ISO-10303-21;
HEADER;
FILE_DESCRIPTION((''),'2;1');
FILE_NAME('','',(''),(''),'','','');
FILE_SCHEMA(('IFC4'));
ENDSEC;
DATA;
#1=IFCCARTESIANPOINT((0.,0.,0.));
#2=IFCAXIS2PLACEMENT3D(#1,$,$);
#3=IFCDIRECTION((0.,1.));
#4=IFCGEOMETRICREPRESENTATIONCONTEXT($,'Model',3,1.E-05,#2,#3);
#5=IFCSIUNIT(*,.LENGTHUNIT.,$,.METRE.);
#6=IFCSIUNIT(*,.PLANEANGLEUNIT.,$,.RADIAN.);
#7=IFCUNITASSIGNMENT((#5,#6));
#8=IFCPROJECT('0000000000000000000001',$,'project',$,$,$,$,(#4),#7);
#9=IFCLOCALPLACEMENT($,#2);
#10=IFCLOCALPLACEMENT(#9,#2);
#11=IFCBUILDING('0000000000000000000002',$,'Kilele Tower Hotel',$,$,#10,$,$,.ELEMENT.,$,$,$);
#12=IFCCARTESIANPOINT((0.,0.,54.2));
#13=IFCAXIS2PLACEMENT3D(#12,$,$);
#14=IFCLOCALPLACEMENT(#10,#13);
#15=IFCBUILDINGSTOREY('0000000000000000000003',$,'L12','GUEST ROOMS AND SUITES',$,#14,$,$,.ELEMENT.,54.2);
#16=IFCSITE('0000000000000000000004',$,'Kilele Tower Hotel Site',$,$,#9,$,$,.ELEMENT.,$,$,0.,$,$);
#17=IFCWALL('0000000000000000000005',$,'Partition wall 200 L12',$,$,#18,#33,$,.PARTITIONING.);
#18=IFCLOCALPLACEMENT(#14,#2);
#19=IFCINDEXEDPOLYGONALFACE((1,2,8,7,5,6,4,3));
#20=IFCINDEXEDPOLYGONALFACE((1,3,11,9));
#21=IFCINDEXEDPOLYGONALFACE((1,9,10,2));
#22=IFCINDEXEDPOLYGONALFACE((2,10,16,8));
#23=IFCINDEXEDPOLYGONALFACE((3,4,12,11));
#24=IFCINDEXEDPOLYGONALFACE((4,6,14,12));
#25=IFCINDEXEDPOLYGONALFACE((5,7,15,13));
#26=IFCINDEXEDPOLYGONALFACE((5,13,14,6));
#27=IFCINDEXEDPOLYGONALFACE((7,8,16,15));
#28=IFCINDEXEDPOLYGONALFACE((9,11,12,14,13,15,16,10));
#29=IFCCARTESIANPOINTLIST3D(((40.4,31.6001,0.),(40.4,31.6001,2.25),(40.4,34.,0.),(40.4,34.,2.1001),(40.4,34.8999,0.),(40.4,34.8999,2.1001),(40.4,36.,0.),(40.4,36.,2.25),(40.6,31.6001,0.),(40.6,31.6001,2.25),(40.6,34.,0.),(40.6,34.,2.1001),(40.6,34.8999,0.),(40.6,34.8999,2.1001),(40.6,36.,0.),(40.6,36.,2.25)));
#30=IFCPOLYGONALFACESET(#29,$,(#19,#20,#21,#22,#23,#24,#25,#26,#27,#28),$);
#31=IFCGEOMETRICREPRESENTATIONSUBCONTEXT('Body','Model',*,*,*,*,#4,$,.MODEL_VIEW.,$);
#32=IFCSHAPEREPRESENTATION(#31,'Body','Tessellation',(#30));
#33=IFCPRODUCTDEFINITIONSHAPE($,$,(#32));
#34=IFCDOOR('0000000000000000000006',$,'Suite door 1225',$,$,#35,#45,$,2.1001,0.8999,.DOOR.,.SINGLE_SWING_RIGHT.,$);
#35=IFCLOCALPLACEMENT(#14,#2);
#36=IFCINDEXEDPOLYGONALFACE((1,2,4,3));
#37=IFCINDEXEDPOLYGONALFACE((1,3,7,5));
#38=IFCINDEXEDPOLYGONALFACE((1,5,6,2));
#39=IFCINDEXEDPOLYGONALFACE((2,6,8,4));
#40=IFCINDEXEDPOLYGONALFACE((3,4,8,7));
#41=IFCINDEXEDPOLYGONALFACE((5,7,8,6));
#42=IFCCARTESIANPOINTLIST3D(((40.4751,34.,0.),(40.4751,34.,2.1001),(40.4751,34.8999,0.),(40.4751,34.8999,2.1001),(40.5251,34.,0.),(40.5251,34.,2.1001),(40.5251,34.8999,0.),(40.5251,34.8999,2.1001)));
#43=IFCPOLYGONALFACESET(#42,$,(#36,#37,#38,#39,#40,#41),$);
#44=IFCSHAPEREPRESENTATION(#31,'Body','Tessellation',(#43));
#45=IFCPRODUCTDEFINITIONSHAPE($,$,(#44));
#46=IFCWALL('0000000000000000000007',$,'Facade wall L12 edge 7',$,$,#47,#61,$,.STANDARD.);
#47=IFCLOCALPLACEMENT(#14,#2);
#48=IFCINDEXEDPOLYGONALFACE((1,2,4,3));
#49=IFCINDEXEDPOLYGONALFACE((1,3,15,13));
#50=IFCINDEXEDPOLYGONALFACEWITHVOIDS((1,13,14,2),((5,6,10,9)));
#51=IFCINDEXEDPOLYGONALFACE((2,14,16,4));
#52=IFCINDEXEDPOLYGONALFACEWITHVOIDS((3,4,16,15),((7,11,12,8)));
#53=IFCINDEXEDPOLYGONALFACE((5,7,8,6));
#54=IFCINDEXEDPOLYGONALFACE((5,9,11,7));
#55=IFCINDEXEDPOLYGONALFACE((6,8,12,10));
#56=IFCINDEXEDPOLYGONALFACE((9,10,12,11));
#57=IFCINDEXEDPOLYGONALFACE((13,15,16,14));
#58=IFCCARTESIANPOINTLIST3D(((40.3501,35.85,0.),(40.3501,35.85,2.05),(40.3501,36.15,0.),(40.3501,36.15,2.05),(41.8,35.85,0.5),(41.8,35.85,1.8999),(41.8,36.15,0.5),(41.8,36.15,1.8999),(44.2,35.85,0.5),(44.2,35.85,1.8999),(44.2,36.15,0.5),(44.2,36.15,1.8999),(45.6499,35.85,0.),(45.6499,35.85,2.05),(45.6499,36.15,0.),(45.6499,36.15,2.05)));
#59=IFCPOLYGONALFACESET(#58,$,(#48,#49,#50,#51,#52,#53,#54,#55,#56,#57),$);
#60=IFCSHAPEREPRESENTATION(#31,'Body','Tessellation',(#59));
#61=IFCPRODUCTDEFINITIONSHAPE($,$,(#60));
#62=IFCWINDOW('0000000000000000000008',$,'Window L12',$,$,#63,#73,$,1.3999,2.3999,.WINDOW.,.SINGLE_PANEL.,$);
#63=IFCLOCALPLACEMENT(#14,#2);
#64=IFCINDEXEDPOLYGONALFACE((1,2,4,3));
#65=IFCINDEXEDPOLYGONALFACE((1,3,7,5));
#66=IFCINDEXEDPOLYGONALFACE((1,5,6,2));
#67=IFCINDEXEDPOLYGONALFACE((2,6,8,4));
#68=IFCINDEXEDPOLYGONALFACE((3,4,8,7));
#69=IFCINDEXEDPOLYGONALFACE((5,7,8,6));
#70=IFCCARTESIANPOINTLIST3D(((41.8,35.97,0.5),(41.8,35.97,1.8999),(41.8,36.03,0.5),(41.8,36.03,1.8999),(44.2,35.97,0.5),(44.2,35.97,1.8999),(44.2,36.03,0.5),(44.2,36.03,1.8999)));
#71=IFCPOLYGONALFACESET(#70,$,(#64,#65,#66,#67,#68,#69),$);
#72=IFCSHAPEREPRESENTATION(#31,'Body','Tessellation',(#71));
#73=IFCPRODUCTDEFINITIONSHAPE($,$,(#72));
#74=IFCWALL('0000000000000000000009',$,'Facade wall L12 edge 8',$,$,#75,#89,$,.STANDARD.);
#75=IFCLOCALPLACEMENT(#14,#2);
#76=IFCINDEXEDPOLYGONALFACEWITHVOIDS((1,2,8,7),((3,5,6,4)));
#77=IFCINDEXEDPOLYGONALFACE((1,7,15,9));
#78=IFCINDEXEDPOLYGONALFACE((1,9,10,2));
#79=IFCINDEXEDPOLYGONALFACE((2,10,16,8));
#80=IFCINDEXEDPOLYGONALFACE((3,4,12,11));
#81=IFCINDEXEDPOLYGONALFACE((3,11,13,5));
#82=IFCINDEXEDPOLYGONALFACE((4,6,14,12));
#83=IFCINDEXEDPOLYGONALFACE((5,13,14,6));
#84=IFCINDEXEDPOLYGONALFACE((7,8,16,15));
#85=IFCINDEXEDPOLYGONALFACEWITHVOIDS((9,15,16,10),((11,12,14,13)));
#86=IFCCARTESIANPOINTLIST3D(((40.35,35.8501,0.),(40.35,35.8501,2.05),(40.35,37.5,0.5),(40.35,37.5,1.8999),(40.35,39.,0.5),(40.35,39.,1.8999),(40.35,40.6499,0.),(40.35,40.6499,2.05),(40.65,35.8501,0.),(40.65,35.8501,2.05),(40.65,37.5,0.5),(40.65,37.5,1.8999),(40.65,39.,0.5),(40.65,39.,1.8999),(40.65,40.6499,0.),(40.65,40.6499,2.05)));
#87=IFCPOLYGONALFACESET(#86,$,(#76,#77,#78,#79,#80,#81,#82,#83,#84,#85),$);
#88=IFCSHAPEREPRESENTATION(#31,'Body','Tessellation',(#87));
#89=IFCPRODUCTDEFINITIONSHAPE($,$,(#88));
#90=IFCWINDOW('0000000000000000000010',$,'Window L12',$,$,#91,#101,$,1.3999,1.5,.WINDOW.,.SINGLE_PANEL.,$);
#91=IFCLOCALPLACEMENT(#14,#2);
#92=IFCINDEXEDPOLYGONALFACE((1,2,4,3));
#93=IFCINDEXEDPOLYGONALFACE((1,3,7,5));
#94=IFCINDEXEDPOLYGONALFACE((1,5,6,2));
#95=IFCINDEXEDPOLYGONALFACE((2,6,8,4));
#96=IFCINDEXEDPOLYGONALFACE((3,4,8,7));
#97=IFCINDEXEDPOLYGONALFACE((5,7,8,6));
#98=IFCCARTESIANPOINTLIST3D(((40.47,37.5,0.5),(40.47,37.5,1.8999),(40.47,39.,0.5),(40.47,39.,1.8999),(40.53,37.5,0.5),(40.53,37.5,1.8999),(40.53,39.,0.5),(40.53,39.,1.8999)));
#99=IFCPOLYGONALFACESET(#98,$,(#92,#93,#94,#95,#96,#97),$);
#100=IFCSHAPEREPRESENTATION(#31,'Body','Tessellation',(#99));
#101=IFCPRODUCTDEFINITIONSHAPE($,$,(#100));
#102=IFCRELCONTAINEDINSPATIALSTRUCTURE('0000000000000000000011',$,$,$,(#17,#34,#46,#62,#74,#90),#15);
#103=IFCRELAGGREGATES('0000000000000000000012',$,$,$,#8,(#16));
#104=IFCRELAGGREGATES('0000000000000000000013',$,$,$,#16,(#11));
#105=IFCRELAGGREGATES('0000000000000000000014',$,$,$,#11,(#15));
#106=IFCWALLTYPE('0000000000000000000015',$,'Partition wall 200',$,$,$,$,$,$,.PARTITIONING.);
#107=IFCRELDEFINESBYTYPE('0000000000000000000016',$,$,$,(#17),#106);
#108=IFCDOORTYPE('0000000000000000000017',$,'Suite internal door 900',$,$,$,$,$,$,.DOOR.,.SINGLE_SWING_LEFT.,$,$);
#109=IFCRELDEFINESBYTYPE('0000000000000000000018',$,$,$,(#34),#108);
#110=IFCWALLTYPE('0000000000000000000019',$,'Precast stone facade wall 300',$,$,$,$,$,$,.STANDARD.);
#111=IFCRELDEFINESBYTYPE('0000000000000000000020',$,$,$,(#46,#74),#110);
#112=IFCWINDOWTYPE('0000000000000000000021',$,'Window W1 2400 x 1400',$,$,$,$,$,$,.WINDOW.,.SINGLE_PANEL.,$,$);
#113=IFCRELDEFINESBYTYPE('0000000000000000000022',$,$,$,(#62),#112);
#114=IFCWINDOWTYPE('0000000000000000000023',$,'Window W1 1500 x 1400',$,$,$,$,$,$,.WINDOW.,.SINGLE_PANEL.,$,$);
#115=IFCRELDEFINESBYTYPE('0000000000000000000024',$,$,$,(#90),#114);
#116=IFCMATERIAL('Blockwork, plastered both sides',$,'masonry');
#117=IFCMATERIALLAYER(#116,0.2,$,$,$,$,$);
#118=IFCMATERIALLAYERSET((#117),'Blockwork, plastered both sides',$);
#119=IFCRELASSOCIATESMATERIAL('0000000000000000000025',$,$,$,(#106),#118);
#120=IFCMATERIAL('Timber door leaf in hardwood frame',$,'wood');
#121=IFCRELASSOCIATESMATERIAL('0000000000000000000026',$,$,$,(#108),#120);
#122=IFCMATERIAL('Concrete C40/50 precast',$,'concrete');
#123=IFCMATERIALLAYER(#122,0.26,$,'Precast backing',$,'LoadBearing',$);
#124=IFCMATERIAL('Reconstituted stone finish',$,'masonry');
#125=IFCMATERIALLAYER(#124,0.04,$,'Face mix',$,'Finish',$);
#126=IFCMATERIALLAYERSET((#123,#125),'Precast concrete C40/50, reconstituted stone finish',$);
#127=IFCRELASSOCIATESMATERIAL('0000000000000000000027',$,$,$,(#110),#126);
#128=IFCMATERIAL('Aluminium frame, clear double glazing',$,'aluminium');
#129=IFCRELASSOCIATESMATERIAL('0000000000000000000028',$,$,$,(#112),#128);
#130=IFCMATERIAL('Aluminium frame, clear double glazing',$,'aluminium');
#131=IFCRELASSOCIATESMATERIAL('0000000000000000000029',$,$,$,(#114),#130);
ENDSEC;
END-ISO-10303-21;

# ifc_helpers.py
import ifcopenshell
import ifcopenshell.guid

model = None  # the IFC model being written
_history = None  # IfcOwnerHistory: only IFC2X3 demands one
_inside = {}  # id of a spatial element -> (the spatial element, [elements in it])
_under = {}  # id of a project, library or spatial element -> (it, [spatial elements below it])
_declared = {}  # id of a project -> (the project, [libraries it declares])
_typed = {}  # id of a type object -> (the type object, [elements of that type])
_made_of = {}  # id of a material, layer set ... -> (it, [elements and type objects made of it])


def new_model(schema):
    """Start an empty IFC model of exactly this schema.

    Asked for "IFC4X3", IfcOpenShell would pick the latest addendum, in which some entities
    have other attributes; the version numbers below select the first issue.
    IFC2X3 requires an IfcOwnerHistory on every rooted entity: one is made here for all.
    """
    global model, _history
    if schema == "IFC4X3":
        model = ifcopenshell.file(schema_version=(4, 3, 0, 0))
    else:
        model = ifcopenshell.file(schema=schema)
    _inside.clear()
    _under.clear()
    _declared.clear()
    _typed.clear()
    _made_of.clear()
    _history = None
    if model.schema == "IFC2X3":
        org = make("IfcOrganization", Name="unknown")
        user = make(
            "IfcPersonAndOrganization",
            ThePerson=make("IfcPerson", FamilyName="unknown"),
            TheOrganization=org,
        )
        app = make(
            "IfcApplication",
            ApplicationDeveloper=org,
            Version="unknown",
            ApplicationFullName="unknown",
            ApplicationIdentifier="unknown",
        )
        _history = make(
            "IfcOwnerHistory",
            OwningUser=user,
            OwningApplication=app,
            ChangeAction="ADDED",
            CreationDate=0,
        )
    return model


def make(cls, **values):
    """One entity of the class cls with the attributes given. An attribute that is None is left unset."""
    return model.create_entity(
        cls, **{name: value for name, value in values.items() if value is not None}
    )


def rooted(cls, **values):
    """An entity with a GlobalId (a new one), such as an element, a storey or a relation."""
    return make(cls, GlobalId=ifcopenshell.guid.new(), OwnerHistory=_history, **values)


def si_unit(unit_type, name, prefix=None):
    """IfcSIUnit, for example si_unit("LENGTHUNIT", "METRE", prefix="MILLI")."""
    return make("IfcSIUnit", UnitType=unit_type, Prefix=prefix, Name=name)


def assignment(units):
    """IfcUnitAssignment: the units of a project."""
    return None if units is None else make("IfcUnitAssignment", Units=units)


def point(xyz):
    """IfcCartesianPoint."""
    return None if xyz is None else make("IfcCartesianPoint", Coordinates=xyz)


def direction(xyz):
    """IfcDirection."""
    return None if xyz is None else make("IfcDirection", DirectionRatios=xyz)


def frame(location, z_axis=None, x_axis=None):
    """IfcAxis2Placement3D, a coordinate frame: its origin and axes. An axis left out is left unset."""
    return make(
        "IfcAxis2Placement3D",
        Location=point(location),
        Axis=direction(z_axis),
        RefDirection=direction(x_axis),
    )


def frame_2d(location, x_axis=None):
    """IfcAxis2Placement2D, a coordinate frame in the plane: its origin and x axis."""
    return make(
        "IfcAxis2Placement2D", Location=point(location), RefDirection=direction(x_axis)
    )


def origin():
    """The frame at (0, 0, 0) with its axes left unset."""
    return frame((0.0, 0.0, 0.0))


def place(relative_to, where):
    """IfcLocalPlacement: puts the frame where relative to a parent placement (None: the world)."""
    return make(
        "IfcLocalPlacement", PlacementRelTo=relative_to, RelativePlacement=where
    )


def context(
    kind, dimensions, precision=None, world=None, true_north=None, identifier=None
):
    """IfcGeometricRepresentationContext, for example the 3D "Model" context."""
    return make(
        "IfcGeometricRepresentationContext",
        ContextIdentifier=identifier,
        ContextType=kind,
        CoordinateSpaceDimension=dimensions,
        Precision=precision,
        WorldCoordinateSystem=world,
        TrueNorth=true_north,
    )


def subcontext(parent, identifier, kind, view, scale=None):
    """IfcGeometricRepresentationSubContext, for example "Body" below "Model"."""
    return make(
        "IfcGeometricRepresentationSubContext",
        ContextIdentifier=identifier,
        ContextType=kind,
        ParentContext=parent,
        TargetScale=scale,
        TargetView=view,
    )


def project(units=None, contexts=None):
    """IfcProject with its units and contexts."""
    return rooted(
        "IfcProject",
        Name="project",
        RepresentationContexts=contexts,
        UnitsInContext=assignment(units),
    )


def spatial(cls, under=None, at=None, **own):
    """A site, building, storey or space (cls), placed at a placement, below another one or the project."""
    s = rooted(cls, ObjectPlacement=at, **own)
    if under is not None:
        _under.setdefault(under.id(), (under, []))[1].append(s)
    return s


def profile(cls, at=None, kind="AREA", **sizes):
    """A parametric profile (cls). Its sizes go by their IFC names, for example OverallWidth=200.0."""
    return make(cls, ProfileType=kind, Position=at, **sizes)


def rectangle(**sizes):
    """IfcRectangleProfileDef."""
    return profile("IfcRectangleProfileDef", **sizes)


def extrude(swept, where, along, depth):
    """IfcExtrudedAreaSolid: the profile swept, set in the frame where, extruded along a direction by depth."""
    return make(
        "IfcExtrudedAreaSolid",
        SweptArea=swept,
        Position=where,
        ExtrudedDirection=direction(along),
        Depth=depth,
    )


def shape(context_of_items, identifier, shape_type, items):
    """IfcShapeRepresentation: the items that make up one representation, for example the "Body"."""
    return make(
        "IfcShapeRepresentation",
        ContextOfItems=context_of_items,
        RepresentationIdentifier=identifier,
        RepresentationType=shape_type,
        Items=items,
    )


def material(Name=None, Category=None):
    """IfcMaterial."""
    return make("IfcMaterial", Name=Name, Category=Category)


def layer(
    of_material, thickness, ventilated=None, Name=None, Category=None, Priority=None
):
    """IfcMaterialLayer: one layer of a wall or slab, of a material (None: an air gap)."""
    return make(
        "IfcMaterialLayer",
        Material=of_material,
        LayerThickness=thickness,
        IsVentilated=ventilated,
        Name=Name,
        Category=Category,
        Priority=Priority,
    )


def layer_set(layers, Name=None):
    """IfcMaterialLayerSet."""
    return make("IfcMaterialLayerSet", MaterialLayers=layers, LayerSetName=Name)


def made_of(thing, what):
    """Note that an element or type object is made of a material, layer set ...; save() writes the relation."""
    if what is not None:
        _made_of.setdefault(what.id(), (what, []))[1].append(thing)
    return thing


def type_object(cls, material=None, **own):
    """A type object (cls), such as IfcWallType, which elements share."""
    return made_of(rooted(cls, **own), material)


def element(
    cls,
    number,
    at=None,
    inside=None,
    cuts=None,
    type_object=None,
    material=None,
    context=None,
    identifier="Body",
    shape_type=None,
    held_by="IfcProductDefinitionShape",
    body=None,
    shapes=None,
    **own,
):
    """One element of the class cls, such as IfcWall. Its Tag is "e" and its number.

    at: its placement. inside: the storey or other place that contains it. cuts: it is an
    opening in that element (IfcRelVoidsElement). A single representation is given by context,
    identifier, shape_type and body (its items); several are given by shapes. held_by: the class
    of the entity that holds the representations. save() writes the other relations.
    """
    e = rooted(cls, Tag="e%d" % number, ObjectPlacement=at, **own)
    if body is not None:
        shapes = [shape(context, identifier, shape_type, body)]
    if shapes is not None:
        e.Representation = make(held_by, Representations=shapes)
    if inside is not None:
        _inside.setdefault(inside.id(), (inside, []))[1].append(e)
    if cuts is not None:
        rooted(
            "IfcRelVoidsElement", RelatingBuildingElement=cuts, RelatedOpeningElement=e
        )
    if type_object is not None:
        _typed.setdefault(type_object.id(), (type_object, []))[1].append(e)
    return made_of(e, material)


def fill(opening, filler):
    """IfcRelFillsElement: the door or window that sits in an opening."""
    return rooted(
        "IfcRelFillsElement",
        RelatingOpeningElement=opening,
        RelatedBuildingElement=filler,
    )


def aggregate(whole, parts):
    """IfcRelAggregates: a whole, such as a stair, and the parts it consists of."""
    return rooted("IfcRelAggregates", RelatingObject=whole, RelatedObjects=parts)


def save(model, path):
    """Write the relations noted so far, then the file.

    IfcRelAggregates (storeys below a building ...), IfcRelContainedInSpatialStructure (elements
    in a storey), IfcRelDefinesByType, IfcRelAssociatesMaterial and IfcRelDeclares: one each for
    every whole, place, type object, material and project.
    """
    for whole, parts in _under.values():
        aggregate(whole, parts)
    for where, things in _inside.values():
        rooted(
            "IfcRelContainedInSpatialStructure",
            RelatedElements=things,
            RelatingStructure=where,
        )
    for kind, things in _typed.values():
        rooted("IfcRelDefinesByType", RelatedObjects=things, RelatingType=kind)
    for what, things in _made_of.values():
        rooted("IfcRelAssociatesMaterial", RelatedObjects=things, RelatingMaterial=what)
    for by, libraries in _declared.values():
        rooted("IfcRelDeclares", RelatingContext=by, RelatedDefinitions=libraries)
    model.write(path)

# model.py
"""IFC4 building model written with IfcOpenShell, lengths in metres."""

from ifc_helpers import new_model, si_unit, direction, frame, frame_2d, origin, place, context, subcontext, project, spatial, rectangle, extrude, material, layer, layer_set, type_object, element, fill, save


model = new_model("IFC4")

# Units and contexts
model_context = context("Model", 3, precision=1e-05, world=origin(), true_north=direction((0.0, 1.0)))
body_context = subcontext(model_context, "Body", "Model", "MODEL_VIEW")
ifc_project = project(units=[si_unit("LENGTHUNIT", "METRE"), si_unit("PLANEANGLEUNIT", "RADIAN")], contexts=[model_context])

# Site, building, storey
site_placement = place(None, origin())
site = spatial("IfcSite", under=ifc_project, at=site_placement, Name="Kilele Tower Hotel Site", CompositionType="ELEMENT", RefElevation=0.0)
building_placement = place(site_placement, origin())
building = spatial("IfcBuilding", under=site, at=building_placement, Name="Kilele Tower Hotel", CompositionType="ELEMENT")
storey_placement = place(building_placement, frame((0.0, 0.0, 54.2)))
storey = spatial("IfcBuildingStorey", under=building, at=storey_placement, Name="L12", Description="GUEST ROOMS AND SUITES", CompositionType="ELEMENT", Elevation=54.2)

# Wall, opening, door
ifc_material_1 = material(Name="Blockwork, plastered both sides", Category="masonry")
ifc_layer_1 = layer(ifc_material_1, 0.2)
ifc_layer_set_1 = layer_set([ifc_layer_1], Name="Blockwork, plastered both sides")
wall_type_1 = type_object("IfcWallType", Name="Partition wall 200", PredefinedType="PARTITIONING", material=ifc_layer_set_1)
wall_1_placement = place(storey_placement, frame((40.5, 31.6001, 0.0), z_axis=(0.0, 0.0, 1.0), x_axis=(0.0, 1.0, 0.0)))
wall_1 = element("IfcWall", 1, at=wall_1_placement, inside=storey, type_object=wall_type_1, Name="Partition wall 200 L12", PredefinedType="PARTITIONING", context=body_context, shape_type="SweptSolid", body=[
    extrude(rectangle(XDim=4.3999, YDim=0.2, at=frame_2d((2.2, 0.0))), origin(), (0.0, 0.0, 1.0), 2.25),
])
opening_1_placement = place(wall_1_placement, frame((2.3999, 0.0, 0.0)))
opening_1 = element("IfcOpeningElement", 2, at=opening_1_placement, cuts=wall_1, PredefinedType="OPENING", context=body_context, shape_type="SweptSolid", body=[
    extrude(rectangle(XDim=0.8999, YDim=2.1001, at=frame_2d((0.45, 1.05))), frame((0.0, 0.1099, 0.0), z_axis=(0.0, -1.0, 0.0), x_axis=(1.0, 0.0, 0.0)), (0.0, 0.0, 1.0), 0.22),
])
ifc_material_2 = material(Name="Timber door leaf in hardwood frame", Category="wood")
door_type_1 = type_object("IfcDoorType", Name="Suite internal door 900", OperationType="SINGLE_SWING_LEFT", PredefinedType="DOOR", material=ifc_material_2)
door_1_placement = place(opening_1_placement, origin())
door_1 = element("IfcDoor", 3, at=door_1_placement, inside=storey, type_object=door_type_1, Name="Suite door 1225", OperationType="SINGLE_SWING_RIGHT", OverallHeight=2.1001, OverallWidth=0.8999, PredefinedType="DOOR", context=body_context, shape_type="SweptSolid", body=[
    extrude(rectangle(XDim=0.8999, YDim=2.1001, at=frame_2d((0.45, 1.05))), frame((0.0, 0.0249, 0.0), z_axis=(0.0, -1.0, 0.0), x_axis=(1.0, 0.0, 0.0)), (0.0, 0.0, 1.0), 0.05),
])
fill(opening_1, door_1)

# Walls, openings, windows
ifc_material_3 = material(Name="Concrete C40/50 precast", Category="concrete")
ifc_layer_2 = layer(ifc_material_3, 0.26, Name="Precast backing", Category="LoadBearing")
ifc_material_4 = material(Name="Reconstituted stone finish", Category="masonry")
ifc_layer_3 = layer(ifc_material_4, 0.04, Name="Face mix", Category="Finish")
ifc_layer_set_2 = layer_set([ifc_layer_2, ifc_layer_3], Name="Precast concrete C40/50, reconstituted stone finish")
wall_type_2 = type_object("IfcWallType", Name="Precast stone facade wall 300", PredefinedType="STANDARD", material=ifc_layer_set_2)
wall_2_placement = place(storey_placement, frame((45.6499, 36.0, 0.0), z_axis=(0.0, 0.0, 1.0), x_axis=(-1.0, 0.0, 0.0)))
wall_2 = element("IfcWall", 4, at=wall_2_placement, inside=storey, type_object=wall_type_2, Name="Facade wall L12 edge 7", PredefinedType="STANDARD", context=body_context, shape_type="SweptSolid", body=[
    extrude(rectangle(XDim=5.2998, YDim=0.3, at=frame_2d((2.6499, 0.0))), origin(), (0.0, 0.0, 1.0), 2.05),
])
opening_2_placement = place(wall_2_placement, frame((1.45, 0.0, 0.5)))
opening_2 = element("IfcOpeningElement", 5, at=opening_2_placement, cuts=wall_2, PredefinedType="OPENING", context=body_context, shape_type="SweptSolid", body=[
    extrude(rectangle(XDim=2.3999, YDim=1.3999, at=frame_2d((1.2, 0.7))), frame((0.0, 0.1599, 0.0), z_axis=(0.0, -1.0, 0.0), x_axis=(1.0, 0.0, 0.0)), (0.0, 0.0, 1.0), 0.3201),
])
ifc_material_5 = material(Name="Aluminium frame, clear double glazing", Category="aluminium")
window_type_1 = type_object("IfcWindowType", Name="Window W1 2400 x 1400", PartitioningType="SINGLE_PANEL", PredefinedType="WINDOW", material=ifc_material_5)
window_1_placement = place(opening_2_placement, origin())
window_1 = element("IfcWindow", 6, at=window_1_placement, inside=storey, type_object=window_type_1, Name="Window L12", OverallHeight=1.3999, OverallWidth=2.3999, PartitioningType="SINGLE_PANEL", PredefinedType="WINDOW", context=body_context, shape_type="SweptSolid", body=[
    extrude(rectangle(XDim=2.3999, YDim=1.3999, at=frame_2d((1.2, 0.7))), frame((0.0, 0.03, 0.0), z_axis=(0.0, -1.0, 0.0), x_axis=(1.0, 0.0, 0.0)), (0.0, 0.0, 1.0), 0.0601),
])
fill(opening_2, window_1)
wall_3_placement = place(storey_placement, frame((40.5, 35.8501, 0.0), z_axis=(0.0, 0.0, 1.0), x_axis=(0.0, 1.0, 0.0)))
wall_3 = element("IfcWall", 7, at=wall_3_placement, inside=storey, type_object=wall_type_2, Name="Facade wall L12 edge 8", PredefinedType="STANDARD", context=body_context, shape_type="SweptSolid", body=[
    extrude(rectangle(XDim=4.7998, YDim=0.3, at=frame_2d((2.3999, 0.0))), origin(), (0.0, 0.0, 1.0), 2.05),
])
opening_3_placement = place(wall_3_placement, frame((1.6499, 0.0, 0.5)))
opening_3 = element("IfcOpeningElement", 8, at=opening_3_placement, cuts=wall_3, PredefinedType="OPENING", context=body_context, shape_type="SweptSolid", body=[
    extrude(rectangle(XDim=1.5, YDim=1.3999, at=frame_2d((0.75, 0.7))), frame((0.0, 0.1599, 0.0), z_axis=(0.0, -1.0, 0.0), x_axis=(1.0, 0.0, 0.0)), (0.0, 0.0, 1.0), 0.3201),
])
ifc_material_6 = material(Name="Aluminium frame, clear double glazing", Category="aluminium")
window_type_2 = type_object("IfcWindowType", Name="Window W1 1500 x 1400", PartitioningType="SINGLE_PANEL", PredefinedType="WINDOW", material=ifc_material_6)
window_2_placement = place(opening_3_placement, origin())
window_2 = element("IfcWindow", 9, at=window_2_placement, inside=storey, type_object=window_type_2, Name="Window L12", OverallHeight=1.3999, OverallWidth=1.5, PartitioningType="SINGLE_PANEL", PredefinedType="WINDOW", context=body_context, shape_type="SweptSolid", body=[
    extrude(rectangle(XDim=1.5, YDim=1.3999, at=frame_2d((0.75, 0.7))), frame((0.0, 0.03, 0.0), z_axis=(0.0, -1.0, 0.0), x_axis=(1.0, 0.0, 0.0)), (0.0, 0.0, 1.0), 0.0601),
])
fill(opening_3, window_2)

save(model, "model.ifc")
